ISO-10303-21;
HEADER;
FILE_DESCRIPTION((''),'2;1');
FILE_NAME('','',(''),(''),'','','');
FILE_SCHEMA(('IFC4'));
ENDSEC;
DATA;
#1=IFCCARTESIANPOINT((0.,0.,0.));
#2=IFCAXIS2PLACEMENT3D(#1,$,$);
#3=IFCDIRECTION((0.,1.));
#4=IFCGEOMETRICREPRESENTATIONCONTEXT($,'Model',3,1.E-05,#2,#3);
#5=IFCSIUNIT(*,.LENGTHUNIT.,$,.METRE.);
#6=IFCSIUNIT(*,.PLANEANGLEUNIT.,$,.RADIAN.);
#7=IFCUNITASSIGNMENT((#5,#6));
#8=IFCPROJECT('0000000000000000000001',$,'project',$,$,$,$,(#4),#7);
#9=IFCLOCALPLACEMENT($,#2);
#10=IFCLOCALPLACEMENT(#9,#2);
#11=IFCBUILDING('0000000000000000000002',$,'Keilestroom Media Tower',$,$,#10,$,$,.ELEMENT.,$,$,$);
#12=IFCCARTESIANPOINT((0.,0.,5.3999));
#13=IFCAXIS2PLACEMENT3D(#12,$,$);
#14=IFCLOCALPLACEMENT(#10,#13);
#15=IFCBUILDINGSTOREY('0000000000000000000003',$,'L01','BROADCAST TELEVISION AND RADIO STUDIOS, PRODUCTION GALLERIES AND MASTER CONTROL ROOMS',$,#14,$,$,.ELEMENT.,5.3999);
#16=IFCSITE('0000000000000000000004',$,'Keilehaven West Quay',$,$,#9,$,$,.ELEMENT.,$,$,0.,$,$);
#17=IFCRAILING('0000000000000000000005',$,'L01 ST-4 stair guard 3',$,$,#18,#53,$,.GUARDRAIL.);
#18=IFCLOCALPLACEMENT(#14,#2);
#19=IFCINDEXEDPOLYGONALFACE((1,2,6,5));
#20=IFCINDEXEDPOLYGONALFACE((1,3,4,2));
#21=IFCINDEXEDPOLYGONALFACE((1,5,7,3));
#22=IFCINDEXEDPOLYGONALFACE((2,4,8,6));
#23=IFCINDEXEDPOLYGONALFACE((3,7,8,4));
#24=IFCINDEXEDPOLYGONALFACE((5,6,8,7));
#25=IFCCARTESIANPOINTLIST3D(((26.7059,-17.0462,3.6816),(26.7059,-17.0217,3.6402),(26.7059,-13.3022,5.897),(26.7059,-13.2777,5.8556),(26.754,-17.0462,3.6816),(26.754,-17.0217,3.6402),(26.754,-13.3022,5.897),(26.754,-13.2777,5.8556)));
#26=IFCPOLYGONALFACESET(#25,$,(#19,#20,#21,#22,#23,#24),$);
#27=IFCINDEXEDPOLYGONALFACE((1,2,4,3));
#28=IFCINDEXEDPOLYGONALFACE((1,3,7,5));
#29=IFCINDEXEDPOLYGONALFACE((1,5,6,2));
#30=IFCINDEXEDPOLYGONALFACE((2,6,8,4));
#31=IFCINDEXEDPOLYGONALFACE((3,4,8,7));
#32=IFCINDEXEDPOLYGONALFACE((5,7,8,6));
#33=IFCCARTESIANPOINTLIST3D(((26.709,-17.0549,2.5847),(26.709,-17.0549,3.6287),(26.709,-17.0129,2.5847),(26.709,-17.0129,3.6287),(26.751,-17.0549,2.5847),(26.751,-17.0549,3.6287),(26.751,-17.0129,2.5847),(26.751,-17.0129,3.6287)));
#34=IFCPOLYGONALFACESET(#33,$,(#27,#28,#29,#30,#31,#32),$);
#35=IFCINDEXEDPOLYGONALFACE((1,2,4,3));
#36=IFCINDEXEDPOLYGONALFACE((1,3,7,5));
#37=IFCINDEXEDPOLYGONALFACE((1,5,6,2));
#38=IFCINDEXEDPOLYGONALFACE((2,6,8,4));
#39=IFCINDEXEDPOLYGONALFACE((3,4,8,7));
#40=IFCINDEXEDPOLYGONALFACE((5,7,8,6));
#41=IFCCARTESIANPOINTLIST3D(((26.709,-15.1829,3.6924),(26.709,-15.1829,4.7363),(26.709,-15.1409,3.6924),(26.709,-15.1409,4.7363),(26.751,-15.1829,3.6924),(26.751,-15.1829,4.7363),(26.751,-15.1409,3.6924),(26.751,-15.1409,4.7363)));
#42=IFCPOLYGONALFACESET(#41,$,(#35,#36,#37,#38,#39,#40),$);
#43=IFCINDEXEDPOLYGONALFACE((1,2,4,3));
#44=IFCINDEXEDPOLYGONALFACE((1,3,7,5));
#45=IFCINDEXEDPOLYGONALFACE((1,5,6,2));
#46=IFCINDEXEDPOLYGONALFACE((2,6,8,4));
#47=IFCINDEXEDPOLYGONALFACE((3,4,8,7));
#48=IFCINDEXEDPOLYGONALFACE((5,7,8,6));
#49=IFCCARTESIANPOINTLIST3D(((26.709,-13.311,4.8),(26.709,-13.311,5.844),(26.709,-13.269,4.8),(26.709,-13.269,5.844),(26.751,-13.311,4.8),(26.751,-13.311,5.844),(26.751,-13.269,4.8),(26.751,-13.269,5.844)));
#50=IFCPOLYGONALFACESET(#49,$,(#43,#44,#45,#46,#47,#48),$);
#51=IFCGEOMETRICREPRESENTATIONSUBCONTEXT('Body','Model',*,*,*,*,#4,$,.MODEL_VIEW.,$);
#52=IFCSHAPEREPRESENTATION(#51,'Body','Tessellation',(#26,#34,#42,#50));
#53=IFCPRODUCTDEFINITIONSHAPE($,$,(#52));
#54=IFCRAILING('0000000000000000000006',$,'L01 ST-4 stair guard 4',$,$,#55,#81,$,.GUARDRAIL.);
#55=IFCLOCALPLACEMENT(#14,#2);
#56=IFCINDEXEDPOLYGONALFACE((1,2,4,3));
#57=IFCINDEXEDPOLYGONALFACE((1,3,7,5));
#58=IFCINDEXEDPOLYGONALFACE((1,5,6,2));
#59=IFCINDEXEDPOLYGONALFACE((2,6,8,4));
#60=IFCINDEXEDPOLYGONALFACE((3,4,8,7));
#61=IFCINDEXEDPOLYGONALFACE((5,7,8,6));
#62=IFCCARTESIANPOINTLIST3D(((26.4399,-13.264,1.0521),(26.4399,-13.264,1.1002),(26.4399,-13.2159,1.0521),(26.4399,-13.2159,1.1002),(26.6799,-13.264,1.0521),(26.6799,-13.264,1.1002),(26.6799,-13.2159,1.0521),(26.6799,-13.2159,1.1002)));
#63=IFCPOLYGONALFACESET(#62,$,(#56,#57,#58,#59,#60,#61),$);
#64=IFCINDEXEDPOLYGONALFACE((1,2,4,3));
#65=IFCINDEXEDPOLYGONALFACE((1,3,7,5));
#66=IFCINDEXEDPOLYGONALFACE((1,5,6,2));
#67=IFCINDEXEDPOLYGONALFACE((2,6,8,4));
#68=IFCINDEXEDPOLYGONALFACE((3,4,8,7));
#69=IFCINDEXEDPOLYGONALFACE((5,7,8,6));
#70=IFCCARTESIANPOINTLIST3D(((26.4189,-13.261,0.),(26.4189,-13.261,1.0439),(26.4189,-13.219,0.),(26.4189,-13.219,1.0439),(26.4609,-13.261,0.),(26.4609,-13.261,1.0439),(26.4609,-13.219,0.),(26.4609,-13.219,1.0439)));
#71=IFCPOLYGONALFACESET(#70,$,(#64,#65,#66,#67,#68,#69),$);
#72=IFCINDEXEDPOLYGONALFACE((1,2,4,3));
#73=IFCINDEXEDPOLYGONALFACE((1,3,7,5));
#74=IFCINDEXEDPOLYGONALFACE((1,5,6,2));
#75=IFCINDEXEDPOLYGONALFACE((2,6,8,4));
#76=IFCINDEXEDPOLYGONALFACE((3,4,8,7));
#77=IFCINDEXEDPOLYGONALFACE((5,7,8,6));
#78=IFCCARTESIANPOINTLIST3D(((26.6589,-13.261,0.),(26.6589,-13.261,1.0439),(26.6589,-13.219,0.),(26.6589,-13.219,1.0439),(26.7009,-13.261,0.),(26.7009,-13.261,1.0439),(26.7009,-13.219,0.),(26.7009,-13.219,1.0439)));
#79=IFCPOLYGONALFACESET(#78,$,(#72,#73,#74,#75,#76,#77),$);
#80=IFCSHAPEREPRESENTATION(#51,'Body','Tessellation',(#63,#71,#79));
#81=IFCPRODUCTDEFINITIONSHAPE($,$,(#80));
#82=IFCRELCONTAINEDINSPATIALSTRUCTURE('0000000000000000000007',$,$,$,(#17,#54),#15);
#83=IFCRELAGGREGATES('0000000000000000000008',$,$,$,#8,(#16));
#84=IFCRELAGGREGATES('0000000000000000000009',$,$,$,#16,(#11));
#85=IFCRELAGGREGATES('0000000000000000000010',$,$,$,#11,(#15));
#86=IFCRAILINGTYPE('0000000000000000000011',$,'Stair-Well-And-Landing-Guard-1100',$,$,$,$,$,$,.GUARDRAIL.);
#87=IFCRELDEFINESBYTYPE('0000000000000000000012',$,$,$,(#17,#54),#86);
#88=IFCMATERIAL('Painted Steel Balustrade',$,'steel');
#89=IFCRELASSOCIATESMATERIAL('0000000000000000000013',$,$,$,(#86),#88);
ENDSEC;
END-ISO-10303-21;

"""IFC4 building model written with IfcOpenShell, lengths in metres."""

from ifc_helpers import new_model, si_unit, direction, frame, origin, origin_2d, place, context, subcontext, project, spatial, rectangle, extrude, material, type_object, element, save


model = new_model("IFC4")

# Units and contexts
model_context = context("Model", 3, precision=1e-05, world=origin(), true_north=direction((0.0, 1.0)))
body_context = subcontext(model_context, "Body", "Model", "MODEL_VIEW")
ifc_project = project(units=[si_unit("LENGTHUNIT", "METRE"), si_unit("PLANEANGLEUNIT", "RADIAN")], contexts=[model_context])

# Site, building, storey
site_placement = place(None, origin())
site = spatial("IfcSite", under=ifc_project, at=site_placement, Name="Keilehaven West Quay", CompositionType="ELEMENT", RefElevation=0.0)
building_placement = place(site_placement, origin())
building = spatial("IfcBuilding", under=site, at=building_placement, Name="Keilestroom Media Tower", CompositionType="ELEMENT")
storey_placement = place(building_placement, frame((0.0, 0.0, 5.3999)))
storey = spatial("IfcBuildingStorey", under=building, at=storey_placement, Name="L01", Description="BROADCAST TELEVISION AND RADIO STUDIOS, PRODUCTION GALLERIES AND MASTER CONTROL ROOMS", CompositionType="ELEMENT", Elevation=5.3999)

# Railings
ifc_material_1 = material(Name="Painted Steel Balustrade", Category="steel")
railing_type_1 = type_object("IfcRailingType", Name="Stair-Well-And-Landing-Guard-1100", PredefinedType="GUARDRAIL", material=ifc_material_1)
railing_1_placement = place(storey_placement, frame((26.73, -17.0339, 2.5847)))
element("IfcRailing", 1, at=railing_1_placement, inside=storey, type_object=railing_type_1, Name="L01 ST-4 stair guard 3", PredefinedType="GUARDRAIL", context=body_context, shape_type="SweptSolid", body=[
    extrude(rectangle(XDim=0.0481, YDim=0.0481, at=origin_2d()), frame((0.0, 0.0, 1.0762), z_axis=(0.0, 0.860621, 0.509245), x_axis=(-1.0, 0.0, 0.0)), (0.0, 0.0, 1.0), 4.3503),
    extrude(rectangle(XDim=0.042, YDim=0.042, at=origin_2d()), origin(), (0.0, 0.0, 1.0), 1.0439),
    extrude(rectangle(XDim=0.042, YDim=0.042, at=origin_2d()), frame((0.0, 1.8721, 1.1077)), (0.0, 0.0, 1.0), 1.0439),
    extrude(rectangle(XDim=0.042, YDim=0.042, at=origin_2d()), frame((0.0, 3.7439, 2.2153)), (0.0, 0.0, 1.0), 1.0439),
])
railing_2_placement = place(storey_placement, frame((26.4399, -13.24, 0.0)))
element("IfcRailing", 2, at=railing_2_placement, inside=storey, type_object=railing_type_1, Name="L01 ST-4 stair guard 4", PredefinedType="GUARDRAIL", context=body_context, shape_type="SweptSolid", body=[
    extrude(rectangle(XDim=0.0481, YDim=0.0481, at=origin_2d()), frame((0.0, 0.0, 1.0762), z_axis=(1.0, 0.0, 0.0), x_axis=(0.0, 1.0, 0.0)), (0.0, 0.0, 1.0), 0.24),
    extrude(rectangle(XDim=0.042, YDim=0.042, at=origin_2d()), origin(), (0.0, 0.0, 1.0), 1.0439),
    extrude(rectangle(XDim=0.042, YDim=0.042, at=origin_2d()), frame((0.24, 0.0, 0.0)), (0.0, 0.0, 1.0), 1.0439),
])

save(model, "model.ifc")
